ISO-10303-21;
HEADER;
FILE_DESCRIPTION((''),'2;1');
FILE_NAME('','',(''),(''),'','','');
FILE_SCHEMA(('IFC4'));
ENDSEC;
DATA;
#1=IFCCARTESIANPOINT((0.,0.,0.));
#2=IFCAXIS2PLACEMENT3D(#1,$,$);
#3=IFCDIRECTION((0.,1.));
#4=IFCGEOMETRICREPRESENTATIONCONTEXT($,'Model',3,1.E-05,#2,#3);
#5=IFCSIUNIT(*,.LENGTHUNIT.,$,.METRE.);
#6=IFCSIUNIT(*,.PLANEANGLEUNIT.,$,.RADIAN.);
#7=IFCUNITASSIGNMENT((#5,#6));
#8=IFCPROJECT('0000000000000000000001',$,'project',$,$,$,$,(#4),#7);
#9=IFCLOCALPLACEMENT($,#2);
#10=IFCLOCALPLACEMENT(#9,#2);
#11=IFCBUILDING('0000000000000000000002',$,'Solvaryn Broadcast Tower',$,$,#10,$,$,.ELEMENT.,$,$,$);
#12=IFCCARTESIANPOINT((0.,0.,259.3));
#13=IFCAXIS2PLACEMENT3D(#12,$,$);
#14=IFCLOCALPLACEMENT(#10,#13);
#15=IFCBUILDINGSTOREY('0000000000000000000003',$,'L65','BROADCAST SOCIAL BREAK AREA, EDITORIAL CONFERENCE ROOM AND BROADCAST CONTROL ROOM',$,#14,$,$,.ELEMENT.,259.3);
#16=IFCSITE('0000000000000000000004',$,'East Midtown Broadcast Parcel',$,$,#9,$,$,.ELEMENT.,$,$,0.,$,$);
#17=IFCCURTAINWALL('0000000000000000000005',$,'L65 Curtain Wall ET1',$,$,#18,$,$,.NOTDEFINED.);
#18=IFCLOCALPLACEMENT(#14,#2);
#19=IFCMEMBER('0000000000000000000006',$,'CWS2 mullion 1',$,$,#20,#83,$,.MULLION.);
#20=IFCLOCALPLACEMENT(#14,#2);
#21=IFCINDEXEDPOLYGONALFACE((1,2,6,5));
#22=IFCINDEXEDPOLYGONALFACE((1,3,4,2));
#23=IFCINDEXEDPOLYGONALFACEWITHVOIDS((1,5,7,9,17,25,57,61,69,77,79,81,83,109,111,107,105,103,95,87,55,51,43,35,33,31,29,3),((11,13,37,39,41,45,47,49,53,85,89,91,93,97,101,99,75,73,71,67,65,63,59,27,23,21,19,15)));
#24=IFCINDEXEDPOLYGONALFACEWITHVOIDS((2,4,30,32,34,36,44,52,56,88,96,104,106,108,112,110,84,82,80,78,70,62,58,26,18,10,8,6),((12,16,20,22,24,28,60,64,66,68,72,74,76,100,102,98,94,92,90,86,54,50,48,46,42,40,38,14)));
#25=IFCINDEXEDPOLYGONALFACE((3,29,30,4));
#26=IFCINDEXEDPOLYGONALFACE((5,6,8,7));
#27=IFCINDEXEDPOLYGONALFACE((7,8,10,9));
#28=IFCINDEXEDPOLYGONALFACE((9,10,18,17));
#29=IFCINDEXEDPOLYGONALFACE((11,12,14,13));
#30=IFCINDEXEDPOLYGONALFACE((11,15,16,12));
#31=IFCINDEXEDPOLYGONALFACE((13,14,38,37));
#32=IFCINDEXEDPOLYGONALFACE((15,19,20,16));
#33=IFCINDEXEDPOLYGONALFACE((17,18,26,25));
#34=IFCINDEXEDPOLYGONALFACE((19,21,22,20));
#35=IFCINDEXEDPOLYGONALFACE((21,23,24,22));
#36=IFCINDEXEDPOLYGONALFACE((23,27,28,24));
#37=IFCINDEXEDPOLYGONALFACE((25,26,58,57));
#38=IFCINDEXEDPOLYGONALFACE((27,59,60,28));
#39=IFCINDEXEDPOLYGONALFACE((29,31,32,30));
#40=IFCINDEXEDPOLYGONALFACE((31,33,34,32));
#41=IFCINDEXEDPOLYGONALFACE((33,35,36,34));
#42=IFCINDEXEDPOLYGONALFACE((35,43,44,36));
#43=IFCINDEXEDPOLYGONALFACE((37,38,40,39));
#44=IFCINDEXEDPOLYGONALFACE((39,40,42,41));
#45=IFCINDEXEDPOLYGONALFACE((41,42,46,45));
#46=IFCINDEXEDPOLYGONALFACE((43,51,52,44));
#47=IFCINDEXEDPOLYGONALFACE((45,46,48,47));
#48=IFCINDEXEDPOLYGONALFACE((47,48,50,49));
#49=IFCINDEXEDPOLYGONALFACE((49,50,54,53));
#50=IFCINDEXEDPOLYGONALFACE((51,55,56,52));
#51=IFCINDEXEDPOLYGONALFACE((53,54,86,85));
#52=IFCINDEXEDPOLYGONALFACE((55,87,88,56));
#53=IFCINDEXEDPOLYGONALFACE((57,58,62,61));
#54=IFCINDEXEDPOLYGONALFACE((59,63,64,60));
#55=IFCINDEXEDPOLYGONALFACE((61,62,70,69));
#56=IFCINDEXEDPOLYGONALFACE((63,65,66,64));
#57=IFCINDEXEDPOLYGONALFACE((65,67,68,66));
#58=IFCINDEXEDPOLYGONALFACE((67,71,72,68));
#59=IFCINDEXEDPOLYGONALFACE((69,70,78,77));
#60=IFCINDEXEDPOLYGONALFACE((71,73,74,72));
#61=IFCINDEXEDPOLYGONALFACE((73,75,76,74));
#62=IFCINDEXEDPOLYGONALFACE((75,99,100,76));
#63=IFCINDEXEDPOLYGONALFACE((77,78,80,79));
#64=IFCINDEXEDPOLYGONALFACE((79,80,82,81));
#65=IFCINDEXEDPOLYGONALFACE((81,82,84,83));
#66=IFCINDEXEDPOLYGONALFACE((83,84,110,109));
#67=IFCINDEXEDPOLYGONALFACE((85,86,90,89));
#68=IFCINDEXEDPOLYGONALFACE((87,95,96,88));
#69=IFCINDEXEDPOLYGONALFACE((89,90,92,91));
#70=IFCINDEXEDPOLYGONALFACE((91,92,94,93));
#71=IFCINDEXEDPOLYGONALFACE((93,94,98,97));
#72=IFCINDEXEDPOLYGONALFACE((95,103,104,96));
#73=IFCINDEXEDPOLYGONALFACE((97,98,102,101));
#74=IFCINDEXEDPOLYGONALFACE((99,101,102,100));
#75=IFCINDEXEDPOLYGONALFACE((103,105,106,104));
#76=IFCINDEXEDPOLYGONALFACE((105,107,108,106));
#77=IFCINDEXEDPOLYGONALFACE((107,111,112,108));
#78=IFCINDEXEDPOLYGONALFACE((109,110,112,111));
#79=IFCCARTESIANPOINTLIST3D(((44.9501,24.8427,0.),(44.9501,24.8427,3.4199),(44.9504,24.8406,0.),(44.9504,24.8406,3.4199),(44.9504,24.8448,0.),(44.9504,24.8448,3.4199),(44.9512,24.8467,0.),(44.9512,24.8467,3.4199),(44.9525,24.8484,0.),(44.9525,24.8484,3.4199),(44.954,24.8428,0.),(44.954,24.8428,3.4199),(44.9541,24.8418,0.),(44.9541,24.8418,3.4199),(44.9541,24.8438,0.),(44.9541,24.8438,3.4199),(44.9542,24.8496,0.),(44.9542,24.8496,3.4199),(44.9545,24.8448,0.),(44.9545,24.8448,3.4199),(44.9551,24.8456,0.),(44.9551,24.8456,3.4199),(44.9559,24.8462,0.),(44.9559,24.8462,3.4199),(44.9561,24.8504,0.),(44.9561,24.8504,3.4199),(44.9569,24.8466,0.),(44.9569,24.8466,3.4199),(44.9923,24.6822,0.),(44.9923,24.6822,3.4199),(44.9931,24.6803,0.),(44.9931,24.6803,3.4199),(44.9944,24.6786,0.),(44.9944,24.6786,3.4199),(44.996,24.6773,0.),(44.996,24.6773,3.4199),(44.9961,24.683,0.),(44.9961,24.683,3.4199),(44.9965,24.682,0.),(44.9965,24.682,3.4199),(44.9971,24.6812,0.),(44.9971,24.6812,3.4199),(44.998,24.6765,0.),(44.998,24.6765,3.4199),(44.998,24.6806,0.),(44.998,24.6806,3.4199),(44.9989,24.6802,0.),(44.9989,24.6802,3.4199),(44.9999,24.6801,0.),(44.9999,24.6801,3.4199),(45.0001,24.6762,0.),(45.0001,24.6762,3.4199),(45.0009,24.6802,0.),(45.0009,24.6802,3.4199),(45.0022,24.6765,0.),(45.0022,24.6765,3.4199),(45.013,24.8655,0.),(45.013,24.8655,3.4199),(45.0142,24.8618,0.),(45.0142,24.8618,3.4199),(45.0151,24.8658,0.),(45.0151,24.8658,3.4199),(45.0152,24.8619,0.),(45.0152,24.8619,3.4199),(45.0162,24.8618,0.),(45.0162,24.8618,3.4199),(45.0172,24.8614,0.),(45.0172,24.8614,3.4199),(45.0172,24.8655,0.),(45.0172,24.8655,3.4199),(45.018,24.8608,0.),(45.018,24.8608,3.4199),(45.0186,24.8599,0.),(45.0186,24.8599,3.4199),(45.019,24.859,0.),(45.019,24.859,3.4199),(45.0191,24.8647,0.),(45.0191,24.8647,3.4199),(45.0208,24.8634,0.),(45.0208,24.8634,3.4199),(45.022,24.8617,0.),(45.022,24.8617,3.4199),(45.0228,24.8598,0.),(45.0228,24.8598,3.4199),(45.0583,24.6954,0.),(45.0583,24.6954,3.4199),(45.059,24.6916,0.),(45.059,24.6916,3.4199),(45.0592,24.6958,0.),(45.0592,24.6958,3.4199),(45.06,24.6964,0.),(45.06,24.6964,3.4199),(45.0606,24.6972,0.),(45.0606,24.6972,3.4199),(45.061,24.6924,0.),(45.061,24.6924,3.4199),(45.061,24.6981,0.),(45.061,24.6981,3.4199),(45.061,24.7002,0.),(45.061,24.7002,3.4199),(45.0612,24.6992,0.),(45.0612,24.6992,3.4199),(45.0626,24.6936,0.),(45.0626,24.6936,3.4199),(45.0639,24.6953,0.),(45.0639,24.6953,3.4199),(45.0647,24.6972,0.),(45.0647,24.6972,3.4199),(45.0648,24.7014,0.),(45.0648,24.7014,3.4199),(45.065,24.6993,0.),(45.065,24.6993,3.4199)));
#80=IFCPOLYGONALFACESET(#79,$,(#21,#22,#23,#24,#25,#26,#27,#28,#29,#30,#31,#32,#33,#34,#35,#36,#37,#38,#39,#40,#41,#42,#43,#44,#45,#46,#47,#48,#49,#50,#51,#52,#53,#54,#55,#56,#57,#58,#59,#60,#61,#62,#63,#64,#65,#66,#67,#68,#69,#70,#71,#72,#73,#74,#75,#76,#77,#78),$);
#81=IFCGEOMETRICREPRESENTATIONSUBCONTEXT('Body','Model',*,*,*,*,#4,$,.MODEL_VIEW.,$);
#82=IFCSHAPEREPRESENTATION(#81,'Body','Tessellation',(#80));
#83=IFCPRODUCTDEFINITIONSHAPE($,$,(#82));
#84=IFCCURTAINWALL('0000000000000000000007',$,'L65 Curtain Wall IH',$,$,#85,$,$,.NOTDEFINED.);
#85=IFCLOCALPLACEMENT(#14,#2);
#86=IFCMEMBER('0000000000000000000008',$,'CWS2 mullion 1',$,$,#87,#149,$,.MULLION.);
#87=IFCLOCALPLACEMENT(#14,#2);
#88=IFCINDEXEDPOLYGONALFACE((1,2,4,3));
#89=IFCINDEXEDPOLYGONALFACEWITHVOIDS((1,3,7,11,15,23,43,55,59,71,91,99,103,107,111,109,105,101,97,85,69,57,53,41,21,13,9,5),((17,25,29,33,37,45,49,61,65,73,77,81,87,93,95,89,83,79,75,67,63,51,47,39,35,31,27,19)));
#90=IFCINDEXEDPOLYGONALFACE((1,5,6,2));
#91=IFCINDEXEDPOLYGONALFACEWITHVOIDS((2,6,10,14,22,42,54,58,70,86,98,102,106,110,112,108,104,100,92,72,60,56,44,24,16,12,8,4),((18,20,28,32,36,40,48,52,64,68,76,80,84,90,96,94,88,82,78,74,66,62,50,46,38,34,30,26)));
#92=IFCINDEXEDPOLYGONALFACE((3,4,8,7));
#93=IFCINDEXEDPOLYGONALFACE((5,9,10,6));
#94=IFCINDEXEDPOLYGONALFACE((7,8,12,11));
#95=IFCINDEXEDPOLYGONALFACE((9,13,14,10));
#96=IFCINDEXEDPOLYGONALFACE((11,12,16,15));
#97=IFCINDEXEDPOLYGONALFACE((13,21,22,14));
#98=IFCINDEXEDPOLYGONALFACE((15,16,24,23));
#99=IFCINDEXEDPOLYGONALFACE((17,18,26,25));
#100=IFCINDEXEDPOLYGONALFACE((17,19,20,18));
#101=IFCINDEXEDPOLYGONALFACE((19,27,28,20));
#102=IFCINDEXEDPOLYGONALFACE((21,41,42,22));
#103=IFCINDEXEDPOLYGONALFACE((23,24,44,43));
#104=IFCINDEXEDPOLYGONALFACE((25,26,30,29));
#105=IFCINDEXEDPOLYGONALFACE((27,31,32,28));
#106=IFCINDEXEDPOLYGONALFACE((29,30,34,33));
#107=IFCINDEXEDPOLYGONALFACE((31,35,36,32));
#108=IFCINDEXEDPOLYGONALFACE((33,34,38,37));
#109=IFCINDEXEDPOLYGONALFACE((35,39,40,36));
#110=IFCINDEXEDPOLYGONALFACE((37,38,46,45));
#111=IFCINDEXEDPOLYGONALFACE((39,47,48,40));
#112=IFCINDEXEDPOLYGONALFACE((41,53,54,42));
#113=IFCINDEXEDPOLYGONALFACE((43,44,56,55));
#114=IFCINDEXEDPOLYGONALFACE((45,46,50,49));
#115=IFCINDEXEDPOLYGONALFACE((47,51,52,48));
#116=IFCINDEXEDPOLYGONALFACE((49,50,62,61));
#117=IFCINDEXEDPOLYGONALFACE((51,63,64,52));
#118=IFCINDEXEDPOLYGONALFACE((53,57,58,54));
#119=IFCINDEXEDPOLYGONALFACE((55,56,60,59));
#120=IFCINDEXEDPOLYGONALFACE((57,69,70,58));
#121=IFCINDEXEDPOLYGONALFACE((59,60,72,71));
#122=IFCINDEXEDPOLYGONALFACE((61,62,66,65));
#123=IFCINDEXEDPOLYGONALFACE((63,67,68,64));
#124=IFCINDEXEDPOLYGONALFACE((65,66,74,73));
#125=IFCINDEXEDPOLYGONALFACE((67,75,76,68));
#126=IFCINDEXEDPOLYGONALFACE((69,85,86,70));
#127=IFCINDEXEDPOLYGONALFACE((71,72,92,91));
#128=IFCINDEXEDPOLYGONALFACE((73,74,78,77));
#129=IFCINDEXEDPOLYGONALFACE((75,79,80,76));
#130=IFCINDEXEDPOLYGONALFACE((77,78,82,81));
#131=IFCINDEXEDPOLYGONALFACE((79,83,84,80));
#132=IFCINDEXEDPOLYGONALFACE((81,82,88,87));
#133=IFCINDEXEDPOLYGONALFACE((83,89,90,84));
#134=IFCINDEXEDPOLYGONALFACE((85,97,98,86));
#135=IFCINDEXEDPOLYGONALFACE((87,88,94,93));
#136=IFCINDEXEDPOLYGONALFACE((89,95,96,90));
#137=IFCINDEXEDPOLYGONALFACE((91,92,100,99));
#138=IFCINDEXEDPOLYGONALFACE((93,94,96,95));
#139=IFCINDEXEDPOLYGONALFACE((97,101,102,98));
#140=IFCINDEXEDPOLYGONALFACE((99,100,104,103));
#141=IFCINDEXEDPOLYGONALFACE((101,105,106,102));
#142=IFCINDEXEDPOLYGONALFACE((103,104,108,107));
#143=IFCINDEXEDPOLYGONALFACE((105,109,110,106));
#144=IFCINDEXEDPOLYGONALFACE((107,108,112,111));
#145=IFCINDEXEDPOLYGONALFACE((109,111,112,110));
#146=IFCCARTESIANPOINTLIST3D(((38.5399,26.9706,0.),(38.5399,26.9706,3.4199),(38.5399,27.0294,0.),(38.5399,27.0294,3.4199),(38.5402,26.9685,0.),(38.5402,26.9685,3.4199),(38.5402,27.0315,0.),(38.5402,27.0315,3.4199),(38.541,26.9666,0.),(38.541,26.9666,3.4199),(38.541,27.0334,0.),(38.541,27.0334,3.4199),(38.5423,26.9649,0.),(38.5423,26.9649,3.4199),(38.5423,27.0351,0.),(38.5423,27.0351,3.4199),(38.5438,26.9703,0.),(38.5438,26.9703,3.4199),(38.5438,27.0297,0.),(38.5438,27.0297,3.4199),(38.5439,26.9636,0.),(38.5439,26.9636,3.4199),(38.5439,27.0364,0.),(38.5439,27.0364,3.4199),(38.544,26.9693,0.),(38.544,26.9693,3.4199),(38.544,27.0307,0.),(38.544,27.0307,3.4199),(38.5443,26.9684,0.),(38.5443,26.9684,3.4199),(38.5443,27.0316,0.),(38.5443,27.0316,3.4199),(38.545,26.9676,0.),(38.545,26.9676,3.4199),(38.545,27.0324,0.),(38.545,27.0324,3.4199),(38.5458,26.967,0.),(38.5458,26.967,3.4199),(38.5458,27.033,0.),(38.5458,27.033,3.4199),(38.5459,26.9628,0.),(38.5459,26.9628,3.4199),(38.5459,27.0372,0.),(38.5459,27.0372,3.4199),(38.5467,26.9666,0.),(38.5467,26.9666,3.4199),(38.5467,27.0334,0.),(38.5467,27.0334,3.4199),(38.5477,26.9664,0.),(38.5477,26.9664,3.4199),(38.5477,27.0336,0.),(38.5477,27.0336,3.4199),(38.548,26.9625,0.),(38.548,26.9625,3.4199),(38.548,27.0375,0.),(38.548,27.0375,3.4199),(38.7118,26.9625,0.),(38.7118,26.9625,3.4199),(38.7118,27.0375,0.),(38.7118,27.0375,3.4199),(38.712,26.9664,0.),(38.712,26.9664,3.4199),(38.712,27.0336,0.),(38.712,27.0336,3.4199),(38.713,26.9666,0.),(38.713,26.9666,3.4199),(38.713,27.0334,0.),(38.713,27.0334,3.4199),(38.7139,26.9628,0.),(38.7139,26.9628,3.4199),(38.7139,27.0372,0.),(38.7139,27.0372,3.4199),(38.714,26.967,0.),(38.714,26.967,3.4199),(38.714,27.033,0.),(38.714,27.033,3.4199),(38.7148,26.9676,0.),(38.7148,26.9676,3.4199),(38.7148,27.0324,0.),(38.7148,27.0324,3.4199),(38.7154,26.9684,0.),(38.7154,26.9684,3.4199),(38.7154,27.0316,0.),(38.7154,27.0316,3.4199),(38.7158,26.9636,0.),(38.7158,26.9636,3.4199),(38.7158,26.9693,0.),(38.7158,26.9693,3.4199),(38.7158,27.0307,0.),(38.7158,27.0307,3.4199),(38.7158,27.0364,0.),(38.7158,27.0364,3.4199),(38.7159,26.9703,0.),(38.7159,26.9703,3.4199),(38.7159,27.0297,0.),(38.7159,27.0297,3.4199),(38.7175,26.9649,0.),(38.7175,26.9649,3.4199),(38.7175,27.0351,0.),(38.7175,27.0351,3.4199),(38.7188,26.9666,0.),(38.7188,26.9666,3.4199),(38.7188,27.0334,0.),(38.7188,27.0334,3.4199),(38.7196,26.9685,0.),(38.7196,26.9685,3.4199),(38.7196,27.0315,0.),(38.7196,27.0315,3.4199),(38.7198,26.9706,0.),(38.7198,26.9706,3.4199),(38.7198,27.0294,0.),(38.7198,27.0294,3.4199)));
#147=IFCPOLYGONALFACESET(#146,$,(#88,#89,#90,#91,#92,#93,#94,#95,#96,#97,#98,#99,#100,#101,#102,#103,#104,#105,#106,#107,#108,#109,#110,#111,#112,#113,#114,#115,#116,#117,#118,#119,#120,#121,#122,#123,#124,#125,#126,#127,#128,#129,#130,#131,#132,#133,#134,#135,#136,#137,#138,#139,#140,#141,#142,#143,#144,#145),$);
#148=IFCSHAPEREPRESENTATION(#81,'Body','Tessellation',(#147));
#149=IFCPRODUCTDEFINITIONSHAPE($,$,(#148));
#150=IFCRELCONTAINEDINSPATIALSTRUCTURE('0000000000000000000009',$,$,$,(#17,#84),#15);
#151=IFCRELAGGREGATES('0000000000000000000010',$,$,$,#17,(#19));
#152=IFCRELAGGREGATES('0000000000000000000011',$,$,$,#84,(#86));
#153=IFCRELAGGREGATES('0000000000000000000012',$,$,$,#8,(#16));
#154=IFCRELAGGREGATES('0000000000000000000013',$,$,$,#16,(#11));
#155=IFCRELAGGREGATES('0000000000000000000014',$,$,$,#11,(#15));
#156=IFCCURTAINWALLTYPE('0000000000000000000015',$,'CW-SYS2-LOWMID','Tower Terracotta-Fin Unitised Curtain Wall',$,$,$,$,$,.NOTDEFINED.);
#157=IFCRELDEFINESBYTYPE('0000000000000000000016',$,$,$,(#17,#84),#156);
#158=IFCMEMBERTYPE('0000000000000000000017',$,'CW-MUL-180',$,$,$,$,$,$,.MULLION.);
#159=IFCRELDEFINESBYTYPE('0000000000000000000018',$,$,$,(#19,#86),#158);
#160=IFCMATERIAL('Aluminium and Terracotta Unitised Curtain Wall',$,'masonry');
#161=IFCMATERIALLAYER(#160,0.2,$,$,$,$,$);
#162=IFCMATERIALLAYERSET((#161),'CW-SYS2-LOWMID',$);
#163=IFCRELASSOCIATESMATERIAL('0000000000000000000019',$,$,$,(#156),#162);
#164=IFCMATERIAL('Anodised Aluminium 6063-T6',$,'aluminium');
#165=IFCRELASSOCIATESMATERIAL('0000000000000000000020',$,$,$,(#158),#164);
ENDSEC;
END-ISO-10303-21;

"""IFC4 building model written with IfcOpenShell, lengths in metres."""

from ifc_helpers import new_model, si_unit, direction, frame, origin, origin_2d, place, context, subcontext, project, spatial, hollow_rectangle, extrude, material, layer, layer_set, material_profile, profile_set, type_object, element, aggregate, save


model = new_model("IFC4")

# Units and contexts
model_context = context("Model", 3, precision=1e-05, world=origin(), true_north=direction((0.0, 1.0)))
body_context = subcontext(model_context, "Body", "Model", "MODEL_VIEW")
ifc_project = project(units=[si_unit("LENGTHUNIT", "METRE"), si_unit("PLANEANGLEUNIT", "RADIAN")], contexts=[model_context])

# Site, building, storey
site_placement = place(None, origin())
site = spatial("IfcSite", under=ifc_project, at=site_placement, Name="East Midtown Broadcast Parcel", CompositionType="ELEMENT", RefElevation=0.0)
building_placement = place(site_placement, origin())
building = spatial("IfcBuilding", under=site, at=building_placement, Name="Solvaryn Broadcast Tower", CompositionType="ELEMENT")
storey_placement = place(building_placement, frame((0.0, 0.0, 259.3)))
storey = spatial("IfcBuildingStorey", under=building, at=storey_placement, Name="L65", Description="BROADCAST SOCIAL BREAK AREA, EDITORIAL CONFERENCE ROOM AND BROADCAST CONTROL ROOM", CompositionType="ELEMENT", Elevation=259.3)

# Curtain wall, member
ifc_material_1 = material(Name="Aluminium and Terracotta Unitised Curtain Wall", Category="masonry")
ifc_layer_1 = layer(ifc_material_1, 0.2)
ifc_layer_set_1 = layer_set([ifc_layer_1], Name="CW-SYS2-LOWMID")
curtain_wall_type = type_object("IfcCurtainWallType", Name="CW-SYS2-LOWMID", Description="Tower Terracotta-Fin Unitised Curtain Wall", PredefinedType="NOTDEFINED", material=ifc_layer_set_1)
curtain_wall_1_placement = place(storey_placement, origin())
curtain_wall_1 = element("IfcCurtainWall", 1, at=curtain_wall_1_placement, inside=storey, type_object=curtain_wall_type, Name="L65 Curtain Wall ET1", PredefinedType="NOTDEFINED")
ifc_material_2 = material(Name="Anodised Aluminium 6063-T6", Category="aluminium")
ifc_material_profile_1 = material_profile(ifc_material_2, hollow_rectangle(XDim=0.075, YDim=0.1799, WallThickness=0.0039, InnerFilletRadius=0.0039, OuterFilletRadius=0.0081, at=origin_2d()))
ifc_profile_set_1 = profile_set([ifc_material_profile_1], Name="Anodised Aluminium 6063-T6")
member_type_1 = type_object("IfcMemberType", Name="CW-MUL-180", PredefinedType="MULLION", material=ifc_profile_set_1)
member_1_placement = place(storey_placement, frame((45.0076, 24.771, 0.0), z_axis=(0.0, 0.0, 1.0), x_axis=(0.966705, 0.255893, 0.0)))
member_1 = element("IfcMember", 2, at=member_1_placement, type_object=member_type_1, Name="CWS2 mullion 1", PredefinedType="MULLION", context=body_context, shape_type="SweptSolid", body=[
    extrude(hollow_rectangle(XDim=0.075, YDim=0.1799, WallThickness=0.0039, InnerFilletRadius=0.0039, OuterFilletRadius=0.0081, at=origin_2d()), origin(), (0.0, 0.0, 1.0), 3.4199),
])

# Curtain wall, member
curtain_wall_2_placement = place(storey_placement, origin())
curtain_wall_2 = element("IfcCurtainWall", 3, at=curtain_wall_2_placement, inside=storey, type_object=curtain_wall_type, Name="L65 Curtain Wall IH", PredefinedType="NOTDEFINED")
member_2_placement = place(storey_placement, frame((38.6299, 27.0, 0.0), z_axis=(0.0, 0.0, 1.0), x_axis=(0.0, 1.0, 0.0)))
member_2 = element("IfcMember", 4, at=member_2_placement, type_object=member_type_1, Name="CWS2 mullion 1", PredefinedType="MULLION", context=body_context, shape_type="SweptSolid", body=[
    extrude(hollow_rectangle(XDim=0.075, YDim=0.1799, WallThickness=0.0039, InnerFilletRadius=0.0039, OuterFilletRadius=0.0081, at=origin_2d()), origin(), (0.0, 0.0, 1.0), 3.4199),
])

aggregate(curtain_wall_1, [member_1])

aggregate(curtain_wall_2, [member_2])

save(model, "model.ifc")
